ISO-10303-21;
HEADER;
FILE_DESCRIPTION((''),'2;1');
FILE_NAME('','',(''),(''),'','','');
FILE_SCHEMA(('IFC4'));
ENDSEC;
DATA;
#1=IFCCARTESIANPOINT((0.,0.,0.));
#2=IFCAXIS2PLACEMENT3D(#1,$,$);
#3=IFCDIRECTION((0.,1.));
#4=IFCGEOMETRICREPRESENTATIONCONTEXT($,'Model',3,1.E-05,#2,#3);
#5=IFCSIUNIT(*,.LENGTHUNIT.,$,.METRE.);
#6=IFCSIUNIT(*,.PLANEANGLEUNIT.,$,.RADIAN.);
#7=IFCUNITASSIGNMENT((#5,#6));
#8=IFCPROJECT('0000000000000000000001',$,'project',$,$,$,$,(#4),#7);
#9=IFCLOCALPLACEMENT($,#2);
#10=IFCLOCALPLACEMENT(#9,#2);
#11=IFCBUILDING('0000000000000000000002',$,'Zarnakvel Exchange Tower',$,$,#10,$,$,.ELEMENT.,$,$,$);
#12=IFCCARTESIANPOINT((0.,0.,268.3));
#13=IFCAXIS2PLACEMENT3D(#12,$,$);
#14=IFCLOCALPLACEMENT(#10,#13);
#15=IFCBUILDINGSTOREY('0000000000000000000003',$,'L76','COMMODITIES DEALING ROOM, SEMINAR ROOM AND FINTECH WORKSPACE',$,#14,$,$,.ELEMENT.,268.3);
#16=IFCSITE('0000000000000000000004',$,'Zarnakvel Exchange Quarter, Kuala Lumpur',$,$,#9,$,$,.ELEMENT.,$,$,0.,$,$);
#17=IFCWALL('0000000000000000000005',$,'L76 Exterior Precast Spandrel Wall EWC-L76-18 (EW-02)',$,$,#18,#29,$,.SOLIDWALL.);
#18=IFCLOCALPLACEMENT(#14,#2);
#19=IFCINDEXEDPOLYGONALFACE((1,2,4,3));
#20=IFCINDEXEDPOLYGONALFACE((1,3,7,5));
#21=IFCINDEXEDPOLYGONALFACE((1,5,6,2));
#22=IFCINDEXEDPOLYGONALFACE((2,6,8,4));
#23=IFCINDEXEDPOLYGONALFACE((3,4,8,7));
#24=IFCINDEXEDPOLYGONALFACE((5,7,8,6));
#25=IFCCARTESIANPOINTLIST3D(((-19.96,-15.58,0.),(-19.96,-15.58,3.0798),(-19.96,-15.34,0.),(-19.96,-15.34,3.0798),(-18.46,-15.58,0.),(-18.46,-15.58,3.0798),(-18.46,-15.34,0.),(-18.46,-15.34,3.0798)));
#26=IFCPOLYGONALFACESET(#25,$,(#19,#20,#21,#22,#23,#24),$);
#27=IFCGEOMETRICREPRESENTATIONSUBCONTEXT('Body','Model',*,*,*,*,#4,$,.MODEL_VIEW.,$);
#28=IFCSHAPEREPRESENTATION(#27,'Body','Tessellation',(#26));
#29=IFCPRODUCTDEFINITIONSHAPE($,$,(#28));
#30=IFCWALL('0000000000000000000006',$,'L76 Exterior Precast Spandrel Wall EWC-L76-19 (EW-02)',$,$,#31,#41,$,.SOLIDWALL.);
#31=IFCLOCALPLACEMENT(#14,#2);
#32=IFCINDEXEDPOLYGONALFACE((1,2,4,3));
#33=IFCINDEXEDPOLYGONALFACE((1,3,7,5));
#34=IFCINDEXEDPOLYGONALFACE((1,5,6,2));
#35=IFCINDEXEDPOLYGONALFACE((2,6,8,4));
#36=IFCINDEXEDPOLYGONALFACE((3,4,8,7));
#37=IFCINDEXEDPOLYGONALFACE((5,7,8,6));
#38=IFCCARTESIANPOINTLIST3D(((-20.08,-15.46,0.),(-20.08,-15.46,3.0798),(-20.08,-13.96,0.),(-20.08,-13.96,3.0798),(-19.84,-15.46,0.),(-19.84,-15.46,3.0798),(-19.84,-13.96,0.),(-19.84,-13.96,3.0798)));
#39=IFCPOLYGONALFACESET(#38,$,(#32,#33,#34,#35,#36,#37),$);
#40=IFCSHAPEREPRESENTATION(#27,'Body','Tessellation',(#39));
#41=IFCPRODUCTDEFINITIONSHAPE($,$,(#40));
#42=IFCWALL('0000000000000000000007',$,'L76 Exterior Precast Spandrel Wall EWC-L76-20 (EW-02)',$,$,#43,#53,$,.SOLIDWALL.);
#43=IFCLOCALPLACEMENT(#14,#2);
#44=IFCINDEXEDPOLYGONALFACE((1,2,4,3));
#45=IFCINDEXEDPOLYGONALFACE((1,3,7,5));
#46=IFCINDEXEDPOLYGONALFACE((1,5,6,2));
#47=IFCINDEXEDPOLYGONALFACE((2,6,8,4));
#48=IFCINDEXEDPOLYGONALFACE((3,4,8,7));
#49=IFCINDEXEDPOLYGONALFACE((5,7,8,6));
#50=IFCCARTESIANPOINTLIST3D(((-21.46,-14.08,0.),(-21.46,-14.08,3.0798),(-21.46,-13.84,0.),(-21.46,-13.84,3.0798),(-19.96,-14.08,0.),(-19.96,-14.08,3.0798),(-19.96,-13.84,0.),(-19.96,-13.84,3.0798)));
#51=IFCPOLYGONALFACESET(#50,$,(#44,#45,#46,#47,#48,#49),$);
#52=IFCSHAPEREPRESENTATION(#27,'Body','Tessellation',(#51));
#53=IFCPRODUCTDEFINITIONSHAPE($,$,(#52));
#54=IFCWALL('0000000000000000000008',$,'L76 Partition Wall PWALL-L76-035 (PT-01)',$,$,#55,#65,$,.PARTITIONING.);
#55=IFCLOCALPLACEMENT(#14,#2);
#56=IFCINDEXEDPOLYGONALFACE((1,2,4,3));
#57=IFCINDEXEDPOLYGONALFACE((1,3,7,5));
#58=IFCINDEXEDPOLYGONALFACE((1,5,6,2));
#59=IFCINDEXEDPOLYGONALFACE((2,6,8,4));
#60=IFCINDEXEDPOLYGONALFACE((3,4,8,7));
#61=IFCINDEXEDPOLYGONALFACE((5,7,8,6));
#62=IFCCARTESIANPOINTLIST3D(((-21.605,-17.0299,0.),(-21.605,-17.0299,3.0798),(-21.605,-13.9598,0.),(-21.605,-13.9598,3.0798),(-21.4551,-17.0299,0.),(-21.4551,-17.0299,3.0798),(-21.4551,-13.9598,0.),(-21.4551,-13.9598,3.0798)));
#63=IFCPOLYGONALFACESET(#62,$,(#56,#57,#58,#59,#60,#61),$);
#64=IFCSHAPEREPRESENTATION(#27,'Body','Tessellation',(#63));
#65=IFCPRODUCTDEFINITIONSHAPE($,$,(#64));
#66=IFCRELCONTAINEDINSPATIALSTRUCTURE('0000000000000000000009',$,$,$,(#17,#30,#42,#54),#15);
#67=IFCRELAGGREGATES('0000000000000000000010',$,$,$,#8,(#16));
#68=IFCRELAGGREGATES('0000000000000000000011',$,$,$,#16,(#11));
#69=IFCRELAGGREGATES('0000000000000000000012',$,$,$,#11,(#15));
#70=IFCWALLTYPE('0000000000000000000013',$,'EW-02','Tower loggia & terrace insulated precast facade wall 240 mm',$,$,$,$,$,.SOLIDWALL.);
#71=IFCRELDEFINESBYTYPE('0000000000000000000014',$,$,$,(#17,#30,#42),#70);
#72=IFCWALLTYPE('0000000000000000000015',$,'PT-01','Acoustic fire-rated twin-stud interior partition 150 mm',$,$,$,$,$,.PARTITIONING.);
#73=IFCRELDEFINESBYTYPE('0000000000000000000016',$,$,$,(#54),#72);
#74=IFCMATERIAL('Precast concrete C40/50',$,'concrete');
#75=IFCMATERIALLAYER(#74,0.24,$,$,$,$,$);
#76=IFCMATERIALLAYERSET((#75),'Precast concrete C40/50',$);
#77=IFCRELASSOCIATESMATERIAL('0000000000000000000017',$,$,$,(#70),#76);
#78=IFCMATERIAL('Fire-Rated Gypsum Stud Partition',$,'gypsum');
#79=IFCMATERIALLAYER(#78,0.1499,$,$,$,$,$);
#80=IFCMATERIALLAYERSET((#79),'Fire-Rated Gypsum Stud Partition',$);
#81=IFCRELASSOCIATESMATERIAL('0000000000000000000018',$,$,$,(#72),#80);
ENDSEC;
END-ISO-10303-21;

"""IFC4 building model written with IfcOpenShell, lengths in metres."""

from ifc_helpers import new_model, si_unit, direction, frame, frame_2d, origin, place, context, subcontext, project, spatial, rectangle, extrude, material, layer, layer_set, type_object, element, save


model = new_model("IFC4")

# Units and contexts
model_context = context("Model", 3, precision=1e-05, world=origin(), true_north=direction((0.0, 1.0)))
body_context = subcontext(model_context, "Body", "Model", "MODEL_VIEW")
ifc_project = project(units=[si_unit("LENGTHUNIT", "METRE"), si_unit("PLANEANGLEUNIT", "RADIAN")], contexts=[model_context])

# Site, building, storey
site_placement = place(None, origin())
site = spatial("IfcSite", under=ifc_project, at=site_placement, Name="Zarnakvel Exchange Quarter, Kuala Lumpur", CompositionType="ELEMENT", RefElevation=0.0)
building_placement = place(site_placement, origin())
building = spatial("IfcBuilding", under=site, at=building_placement, Name="Zarnakvel Exchange Tower", CompositionType="ELEMENT")
storey_placement = place(building_placement, frame((0.0, 0.0, 268.3)))
storey = spatial("IfcBuildingStorey", under=building, at=storey_placement, Name="L76", Description="COMMODITIES DEALING ROOM, SEMINAR ROOM AND FINTECH WORKSPACE", CompositionType="ELEMENT", Elevation=268.3)

# Walls
ifc_material_1 = material(Name="Precast concrete C40/50", Category="concrete")
ifc_layer_1 = layer(ifc_material_1, 0.24)
ifc_layer_set_1 = layer_set([ifc_layer_1], Name="Precast concrete C40/50")
wall_type_1 = type_object("IfcWallType", Name="EW-02", Description="Tower loggia & terrace insulated precast facade wall 240 mm", PredefinedType="SOLIDWALL", material=ifc_layer_set_1)
for number, where, z_axis, x_axis, name in (
    (1, (-19.96, -15.46, 0.0), (0.0, 0.0, 1.0), (1.0, 0.0, 0.0), "L76 Exterior Precast Spandrel Wall EWC-L76-18 (EW-02)"),
    (2, (-19.96, -13.96, 0.0), (0.0, 0.0, 1.0), (0.0, -1.0, 0.0), "L76 Exterior Precast Spandrel Wall EWC-L76-19 (EW-02)"),
    (3, (-21.46, -13.96, 0.0), (0.0, 0.0, 1.0), (1.0, 0.0, 0.0), "L76 Exterior Precast Spandrel Wall EWC-L76-20 (EW-02)"),
):
    element("IfcWall", number, at=place(storey_placement, frame(where, z_axis=z_axis, x_axis=x_axis)), inside=storey, type_object=wall_type_1, Name=name, PredefinedType="SOLIDWALL", context=body_context, shape_type="SweptSolid", body=[
        extrude(rectangle(XDim=1.5, YDim=0.24, at=frame_2d((0.75, 0.0))), origin(), (0.0, 0.0, 1.0), 3.0798),
    ])
ifc_material_2 = material(Name="Fire-Rated Gypsum Stud Partition", Category="gypsum")
ifc_layer_2 = layer(ifc_material_2, 0.1499)
ifc_layer_set_2 = layer_set([ifc_layer_2], Name="Fire-Rated Gypsum Stud Partition")
wall_type_2 = type_object("IfcWallType", Name="PT-01", Description="Acoustic fire-rated twin-stud interior partition 150 mm", PredefinedType="PARTITIONING", material=ifc_layer_set_2)
wall_placement = place(storey_placement, frame((-21.53, -17.03, 0.0), z_axis=(0.0, 0.0, 1.0), x_axis=(0.0, 1.0, 0.0)))
element("IfcWall", 4, at=wall_placement, inside=storey, type_object=wall_type_2, Name="L76 Partition Wall PWALL-L76-035 (PT-01)", PredefinedType="PARTITIONING", context=body_context, shape_type="SweptSolid", body=[
    extrude(rectangle(XDim=3.0701, YDim=0.1499, at=frame_2d((1.5352, 0.0))), origin(), (0.0, 0.0, 1.0), 3.0798),
])

save(model, "model.ifc")
